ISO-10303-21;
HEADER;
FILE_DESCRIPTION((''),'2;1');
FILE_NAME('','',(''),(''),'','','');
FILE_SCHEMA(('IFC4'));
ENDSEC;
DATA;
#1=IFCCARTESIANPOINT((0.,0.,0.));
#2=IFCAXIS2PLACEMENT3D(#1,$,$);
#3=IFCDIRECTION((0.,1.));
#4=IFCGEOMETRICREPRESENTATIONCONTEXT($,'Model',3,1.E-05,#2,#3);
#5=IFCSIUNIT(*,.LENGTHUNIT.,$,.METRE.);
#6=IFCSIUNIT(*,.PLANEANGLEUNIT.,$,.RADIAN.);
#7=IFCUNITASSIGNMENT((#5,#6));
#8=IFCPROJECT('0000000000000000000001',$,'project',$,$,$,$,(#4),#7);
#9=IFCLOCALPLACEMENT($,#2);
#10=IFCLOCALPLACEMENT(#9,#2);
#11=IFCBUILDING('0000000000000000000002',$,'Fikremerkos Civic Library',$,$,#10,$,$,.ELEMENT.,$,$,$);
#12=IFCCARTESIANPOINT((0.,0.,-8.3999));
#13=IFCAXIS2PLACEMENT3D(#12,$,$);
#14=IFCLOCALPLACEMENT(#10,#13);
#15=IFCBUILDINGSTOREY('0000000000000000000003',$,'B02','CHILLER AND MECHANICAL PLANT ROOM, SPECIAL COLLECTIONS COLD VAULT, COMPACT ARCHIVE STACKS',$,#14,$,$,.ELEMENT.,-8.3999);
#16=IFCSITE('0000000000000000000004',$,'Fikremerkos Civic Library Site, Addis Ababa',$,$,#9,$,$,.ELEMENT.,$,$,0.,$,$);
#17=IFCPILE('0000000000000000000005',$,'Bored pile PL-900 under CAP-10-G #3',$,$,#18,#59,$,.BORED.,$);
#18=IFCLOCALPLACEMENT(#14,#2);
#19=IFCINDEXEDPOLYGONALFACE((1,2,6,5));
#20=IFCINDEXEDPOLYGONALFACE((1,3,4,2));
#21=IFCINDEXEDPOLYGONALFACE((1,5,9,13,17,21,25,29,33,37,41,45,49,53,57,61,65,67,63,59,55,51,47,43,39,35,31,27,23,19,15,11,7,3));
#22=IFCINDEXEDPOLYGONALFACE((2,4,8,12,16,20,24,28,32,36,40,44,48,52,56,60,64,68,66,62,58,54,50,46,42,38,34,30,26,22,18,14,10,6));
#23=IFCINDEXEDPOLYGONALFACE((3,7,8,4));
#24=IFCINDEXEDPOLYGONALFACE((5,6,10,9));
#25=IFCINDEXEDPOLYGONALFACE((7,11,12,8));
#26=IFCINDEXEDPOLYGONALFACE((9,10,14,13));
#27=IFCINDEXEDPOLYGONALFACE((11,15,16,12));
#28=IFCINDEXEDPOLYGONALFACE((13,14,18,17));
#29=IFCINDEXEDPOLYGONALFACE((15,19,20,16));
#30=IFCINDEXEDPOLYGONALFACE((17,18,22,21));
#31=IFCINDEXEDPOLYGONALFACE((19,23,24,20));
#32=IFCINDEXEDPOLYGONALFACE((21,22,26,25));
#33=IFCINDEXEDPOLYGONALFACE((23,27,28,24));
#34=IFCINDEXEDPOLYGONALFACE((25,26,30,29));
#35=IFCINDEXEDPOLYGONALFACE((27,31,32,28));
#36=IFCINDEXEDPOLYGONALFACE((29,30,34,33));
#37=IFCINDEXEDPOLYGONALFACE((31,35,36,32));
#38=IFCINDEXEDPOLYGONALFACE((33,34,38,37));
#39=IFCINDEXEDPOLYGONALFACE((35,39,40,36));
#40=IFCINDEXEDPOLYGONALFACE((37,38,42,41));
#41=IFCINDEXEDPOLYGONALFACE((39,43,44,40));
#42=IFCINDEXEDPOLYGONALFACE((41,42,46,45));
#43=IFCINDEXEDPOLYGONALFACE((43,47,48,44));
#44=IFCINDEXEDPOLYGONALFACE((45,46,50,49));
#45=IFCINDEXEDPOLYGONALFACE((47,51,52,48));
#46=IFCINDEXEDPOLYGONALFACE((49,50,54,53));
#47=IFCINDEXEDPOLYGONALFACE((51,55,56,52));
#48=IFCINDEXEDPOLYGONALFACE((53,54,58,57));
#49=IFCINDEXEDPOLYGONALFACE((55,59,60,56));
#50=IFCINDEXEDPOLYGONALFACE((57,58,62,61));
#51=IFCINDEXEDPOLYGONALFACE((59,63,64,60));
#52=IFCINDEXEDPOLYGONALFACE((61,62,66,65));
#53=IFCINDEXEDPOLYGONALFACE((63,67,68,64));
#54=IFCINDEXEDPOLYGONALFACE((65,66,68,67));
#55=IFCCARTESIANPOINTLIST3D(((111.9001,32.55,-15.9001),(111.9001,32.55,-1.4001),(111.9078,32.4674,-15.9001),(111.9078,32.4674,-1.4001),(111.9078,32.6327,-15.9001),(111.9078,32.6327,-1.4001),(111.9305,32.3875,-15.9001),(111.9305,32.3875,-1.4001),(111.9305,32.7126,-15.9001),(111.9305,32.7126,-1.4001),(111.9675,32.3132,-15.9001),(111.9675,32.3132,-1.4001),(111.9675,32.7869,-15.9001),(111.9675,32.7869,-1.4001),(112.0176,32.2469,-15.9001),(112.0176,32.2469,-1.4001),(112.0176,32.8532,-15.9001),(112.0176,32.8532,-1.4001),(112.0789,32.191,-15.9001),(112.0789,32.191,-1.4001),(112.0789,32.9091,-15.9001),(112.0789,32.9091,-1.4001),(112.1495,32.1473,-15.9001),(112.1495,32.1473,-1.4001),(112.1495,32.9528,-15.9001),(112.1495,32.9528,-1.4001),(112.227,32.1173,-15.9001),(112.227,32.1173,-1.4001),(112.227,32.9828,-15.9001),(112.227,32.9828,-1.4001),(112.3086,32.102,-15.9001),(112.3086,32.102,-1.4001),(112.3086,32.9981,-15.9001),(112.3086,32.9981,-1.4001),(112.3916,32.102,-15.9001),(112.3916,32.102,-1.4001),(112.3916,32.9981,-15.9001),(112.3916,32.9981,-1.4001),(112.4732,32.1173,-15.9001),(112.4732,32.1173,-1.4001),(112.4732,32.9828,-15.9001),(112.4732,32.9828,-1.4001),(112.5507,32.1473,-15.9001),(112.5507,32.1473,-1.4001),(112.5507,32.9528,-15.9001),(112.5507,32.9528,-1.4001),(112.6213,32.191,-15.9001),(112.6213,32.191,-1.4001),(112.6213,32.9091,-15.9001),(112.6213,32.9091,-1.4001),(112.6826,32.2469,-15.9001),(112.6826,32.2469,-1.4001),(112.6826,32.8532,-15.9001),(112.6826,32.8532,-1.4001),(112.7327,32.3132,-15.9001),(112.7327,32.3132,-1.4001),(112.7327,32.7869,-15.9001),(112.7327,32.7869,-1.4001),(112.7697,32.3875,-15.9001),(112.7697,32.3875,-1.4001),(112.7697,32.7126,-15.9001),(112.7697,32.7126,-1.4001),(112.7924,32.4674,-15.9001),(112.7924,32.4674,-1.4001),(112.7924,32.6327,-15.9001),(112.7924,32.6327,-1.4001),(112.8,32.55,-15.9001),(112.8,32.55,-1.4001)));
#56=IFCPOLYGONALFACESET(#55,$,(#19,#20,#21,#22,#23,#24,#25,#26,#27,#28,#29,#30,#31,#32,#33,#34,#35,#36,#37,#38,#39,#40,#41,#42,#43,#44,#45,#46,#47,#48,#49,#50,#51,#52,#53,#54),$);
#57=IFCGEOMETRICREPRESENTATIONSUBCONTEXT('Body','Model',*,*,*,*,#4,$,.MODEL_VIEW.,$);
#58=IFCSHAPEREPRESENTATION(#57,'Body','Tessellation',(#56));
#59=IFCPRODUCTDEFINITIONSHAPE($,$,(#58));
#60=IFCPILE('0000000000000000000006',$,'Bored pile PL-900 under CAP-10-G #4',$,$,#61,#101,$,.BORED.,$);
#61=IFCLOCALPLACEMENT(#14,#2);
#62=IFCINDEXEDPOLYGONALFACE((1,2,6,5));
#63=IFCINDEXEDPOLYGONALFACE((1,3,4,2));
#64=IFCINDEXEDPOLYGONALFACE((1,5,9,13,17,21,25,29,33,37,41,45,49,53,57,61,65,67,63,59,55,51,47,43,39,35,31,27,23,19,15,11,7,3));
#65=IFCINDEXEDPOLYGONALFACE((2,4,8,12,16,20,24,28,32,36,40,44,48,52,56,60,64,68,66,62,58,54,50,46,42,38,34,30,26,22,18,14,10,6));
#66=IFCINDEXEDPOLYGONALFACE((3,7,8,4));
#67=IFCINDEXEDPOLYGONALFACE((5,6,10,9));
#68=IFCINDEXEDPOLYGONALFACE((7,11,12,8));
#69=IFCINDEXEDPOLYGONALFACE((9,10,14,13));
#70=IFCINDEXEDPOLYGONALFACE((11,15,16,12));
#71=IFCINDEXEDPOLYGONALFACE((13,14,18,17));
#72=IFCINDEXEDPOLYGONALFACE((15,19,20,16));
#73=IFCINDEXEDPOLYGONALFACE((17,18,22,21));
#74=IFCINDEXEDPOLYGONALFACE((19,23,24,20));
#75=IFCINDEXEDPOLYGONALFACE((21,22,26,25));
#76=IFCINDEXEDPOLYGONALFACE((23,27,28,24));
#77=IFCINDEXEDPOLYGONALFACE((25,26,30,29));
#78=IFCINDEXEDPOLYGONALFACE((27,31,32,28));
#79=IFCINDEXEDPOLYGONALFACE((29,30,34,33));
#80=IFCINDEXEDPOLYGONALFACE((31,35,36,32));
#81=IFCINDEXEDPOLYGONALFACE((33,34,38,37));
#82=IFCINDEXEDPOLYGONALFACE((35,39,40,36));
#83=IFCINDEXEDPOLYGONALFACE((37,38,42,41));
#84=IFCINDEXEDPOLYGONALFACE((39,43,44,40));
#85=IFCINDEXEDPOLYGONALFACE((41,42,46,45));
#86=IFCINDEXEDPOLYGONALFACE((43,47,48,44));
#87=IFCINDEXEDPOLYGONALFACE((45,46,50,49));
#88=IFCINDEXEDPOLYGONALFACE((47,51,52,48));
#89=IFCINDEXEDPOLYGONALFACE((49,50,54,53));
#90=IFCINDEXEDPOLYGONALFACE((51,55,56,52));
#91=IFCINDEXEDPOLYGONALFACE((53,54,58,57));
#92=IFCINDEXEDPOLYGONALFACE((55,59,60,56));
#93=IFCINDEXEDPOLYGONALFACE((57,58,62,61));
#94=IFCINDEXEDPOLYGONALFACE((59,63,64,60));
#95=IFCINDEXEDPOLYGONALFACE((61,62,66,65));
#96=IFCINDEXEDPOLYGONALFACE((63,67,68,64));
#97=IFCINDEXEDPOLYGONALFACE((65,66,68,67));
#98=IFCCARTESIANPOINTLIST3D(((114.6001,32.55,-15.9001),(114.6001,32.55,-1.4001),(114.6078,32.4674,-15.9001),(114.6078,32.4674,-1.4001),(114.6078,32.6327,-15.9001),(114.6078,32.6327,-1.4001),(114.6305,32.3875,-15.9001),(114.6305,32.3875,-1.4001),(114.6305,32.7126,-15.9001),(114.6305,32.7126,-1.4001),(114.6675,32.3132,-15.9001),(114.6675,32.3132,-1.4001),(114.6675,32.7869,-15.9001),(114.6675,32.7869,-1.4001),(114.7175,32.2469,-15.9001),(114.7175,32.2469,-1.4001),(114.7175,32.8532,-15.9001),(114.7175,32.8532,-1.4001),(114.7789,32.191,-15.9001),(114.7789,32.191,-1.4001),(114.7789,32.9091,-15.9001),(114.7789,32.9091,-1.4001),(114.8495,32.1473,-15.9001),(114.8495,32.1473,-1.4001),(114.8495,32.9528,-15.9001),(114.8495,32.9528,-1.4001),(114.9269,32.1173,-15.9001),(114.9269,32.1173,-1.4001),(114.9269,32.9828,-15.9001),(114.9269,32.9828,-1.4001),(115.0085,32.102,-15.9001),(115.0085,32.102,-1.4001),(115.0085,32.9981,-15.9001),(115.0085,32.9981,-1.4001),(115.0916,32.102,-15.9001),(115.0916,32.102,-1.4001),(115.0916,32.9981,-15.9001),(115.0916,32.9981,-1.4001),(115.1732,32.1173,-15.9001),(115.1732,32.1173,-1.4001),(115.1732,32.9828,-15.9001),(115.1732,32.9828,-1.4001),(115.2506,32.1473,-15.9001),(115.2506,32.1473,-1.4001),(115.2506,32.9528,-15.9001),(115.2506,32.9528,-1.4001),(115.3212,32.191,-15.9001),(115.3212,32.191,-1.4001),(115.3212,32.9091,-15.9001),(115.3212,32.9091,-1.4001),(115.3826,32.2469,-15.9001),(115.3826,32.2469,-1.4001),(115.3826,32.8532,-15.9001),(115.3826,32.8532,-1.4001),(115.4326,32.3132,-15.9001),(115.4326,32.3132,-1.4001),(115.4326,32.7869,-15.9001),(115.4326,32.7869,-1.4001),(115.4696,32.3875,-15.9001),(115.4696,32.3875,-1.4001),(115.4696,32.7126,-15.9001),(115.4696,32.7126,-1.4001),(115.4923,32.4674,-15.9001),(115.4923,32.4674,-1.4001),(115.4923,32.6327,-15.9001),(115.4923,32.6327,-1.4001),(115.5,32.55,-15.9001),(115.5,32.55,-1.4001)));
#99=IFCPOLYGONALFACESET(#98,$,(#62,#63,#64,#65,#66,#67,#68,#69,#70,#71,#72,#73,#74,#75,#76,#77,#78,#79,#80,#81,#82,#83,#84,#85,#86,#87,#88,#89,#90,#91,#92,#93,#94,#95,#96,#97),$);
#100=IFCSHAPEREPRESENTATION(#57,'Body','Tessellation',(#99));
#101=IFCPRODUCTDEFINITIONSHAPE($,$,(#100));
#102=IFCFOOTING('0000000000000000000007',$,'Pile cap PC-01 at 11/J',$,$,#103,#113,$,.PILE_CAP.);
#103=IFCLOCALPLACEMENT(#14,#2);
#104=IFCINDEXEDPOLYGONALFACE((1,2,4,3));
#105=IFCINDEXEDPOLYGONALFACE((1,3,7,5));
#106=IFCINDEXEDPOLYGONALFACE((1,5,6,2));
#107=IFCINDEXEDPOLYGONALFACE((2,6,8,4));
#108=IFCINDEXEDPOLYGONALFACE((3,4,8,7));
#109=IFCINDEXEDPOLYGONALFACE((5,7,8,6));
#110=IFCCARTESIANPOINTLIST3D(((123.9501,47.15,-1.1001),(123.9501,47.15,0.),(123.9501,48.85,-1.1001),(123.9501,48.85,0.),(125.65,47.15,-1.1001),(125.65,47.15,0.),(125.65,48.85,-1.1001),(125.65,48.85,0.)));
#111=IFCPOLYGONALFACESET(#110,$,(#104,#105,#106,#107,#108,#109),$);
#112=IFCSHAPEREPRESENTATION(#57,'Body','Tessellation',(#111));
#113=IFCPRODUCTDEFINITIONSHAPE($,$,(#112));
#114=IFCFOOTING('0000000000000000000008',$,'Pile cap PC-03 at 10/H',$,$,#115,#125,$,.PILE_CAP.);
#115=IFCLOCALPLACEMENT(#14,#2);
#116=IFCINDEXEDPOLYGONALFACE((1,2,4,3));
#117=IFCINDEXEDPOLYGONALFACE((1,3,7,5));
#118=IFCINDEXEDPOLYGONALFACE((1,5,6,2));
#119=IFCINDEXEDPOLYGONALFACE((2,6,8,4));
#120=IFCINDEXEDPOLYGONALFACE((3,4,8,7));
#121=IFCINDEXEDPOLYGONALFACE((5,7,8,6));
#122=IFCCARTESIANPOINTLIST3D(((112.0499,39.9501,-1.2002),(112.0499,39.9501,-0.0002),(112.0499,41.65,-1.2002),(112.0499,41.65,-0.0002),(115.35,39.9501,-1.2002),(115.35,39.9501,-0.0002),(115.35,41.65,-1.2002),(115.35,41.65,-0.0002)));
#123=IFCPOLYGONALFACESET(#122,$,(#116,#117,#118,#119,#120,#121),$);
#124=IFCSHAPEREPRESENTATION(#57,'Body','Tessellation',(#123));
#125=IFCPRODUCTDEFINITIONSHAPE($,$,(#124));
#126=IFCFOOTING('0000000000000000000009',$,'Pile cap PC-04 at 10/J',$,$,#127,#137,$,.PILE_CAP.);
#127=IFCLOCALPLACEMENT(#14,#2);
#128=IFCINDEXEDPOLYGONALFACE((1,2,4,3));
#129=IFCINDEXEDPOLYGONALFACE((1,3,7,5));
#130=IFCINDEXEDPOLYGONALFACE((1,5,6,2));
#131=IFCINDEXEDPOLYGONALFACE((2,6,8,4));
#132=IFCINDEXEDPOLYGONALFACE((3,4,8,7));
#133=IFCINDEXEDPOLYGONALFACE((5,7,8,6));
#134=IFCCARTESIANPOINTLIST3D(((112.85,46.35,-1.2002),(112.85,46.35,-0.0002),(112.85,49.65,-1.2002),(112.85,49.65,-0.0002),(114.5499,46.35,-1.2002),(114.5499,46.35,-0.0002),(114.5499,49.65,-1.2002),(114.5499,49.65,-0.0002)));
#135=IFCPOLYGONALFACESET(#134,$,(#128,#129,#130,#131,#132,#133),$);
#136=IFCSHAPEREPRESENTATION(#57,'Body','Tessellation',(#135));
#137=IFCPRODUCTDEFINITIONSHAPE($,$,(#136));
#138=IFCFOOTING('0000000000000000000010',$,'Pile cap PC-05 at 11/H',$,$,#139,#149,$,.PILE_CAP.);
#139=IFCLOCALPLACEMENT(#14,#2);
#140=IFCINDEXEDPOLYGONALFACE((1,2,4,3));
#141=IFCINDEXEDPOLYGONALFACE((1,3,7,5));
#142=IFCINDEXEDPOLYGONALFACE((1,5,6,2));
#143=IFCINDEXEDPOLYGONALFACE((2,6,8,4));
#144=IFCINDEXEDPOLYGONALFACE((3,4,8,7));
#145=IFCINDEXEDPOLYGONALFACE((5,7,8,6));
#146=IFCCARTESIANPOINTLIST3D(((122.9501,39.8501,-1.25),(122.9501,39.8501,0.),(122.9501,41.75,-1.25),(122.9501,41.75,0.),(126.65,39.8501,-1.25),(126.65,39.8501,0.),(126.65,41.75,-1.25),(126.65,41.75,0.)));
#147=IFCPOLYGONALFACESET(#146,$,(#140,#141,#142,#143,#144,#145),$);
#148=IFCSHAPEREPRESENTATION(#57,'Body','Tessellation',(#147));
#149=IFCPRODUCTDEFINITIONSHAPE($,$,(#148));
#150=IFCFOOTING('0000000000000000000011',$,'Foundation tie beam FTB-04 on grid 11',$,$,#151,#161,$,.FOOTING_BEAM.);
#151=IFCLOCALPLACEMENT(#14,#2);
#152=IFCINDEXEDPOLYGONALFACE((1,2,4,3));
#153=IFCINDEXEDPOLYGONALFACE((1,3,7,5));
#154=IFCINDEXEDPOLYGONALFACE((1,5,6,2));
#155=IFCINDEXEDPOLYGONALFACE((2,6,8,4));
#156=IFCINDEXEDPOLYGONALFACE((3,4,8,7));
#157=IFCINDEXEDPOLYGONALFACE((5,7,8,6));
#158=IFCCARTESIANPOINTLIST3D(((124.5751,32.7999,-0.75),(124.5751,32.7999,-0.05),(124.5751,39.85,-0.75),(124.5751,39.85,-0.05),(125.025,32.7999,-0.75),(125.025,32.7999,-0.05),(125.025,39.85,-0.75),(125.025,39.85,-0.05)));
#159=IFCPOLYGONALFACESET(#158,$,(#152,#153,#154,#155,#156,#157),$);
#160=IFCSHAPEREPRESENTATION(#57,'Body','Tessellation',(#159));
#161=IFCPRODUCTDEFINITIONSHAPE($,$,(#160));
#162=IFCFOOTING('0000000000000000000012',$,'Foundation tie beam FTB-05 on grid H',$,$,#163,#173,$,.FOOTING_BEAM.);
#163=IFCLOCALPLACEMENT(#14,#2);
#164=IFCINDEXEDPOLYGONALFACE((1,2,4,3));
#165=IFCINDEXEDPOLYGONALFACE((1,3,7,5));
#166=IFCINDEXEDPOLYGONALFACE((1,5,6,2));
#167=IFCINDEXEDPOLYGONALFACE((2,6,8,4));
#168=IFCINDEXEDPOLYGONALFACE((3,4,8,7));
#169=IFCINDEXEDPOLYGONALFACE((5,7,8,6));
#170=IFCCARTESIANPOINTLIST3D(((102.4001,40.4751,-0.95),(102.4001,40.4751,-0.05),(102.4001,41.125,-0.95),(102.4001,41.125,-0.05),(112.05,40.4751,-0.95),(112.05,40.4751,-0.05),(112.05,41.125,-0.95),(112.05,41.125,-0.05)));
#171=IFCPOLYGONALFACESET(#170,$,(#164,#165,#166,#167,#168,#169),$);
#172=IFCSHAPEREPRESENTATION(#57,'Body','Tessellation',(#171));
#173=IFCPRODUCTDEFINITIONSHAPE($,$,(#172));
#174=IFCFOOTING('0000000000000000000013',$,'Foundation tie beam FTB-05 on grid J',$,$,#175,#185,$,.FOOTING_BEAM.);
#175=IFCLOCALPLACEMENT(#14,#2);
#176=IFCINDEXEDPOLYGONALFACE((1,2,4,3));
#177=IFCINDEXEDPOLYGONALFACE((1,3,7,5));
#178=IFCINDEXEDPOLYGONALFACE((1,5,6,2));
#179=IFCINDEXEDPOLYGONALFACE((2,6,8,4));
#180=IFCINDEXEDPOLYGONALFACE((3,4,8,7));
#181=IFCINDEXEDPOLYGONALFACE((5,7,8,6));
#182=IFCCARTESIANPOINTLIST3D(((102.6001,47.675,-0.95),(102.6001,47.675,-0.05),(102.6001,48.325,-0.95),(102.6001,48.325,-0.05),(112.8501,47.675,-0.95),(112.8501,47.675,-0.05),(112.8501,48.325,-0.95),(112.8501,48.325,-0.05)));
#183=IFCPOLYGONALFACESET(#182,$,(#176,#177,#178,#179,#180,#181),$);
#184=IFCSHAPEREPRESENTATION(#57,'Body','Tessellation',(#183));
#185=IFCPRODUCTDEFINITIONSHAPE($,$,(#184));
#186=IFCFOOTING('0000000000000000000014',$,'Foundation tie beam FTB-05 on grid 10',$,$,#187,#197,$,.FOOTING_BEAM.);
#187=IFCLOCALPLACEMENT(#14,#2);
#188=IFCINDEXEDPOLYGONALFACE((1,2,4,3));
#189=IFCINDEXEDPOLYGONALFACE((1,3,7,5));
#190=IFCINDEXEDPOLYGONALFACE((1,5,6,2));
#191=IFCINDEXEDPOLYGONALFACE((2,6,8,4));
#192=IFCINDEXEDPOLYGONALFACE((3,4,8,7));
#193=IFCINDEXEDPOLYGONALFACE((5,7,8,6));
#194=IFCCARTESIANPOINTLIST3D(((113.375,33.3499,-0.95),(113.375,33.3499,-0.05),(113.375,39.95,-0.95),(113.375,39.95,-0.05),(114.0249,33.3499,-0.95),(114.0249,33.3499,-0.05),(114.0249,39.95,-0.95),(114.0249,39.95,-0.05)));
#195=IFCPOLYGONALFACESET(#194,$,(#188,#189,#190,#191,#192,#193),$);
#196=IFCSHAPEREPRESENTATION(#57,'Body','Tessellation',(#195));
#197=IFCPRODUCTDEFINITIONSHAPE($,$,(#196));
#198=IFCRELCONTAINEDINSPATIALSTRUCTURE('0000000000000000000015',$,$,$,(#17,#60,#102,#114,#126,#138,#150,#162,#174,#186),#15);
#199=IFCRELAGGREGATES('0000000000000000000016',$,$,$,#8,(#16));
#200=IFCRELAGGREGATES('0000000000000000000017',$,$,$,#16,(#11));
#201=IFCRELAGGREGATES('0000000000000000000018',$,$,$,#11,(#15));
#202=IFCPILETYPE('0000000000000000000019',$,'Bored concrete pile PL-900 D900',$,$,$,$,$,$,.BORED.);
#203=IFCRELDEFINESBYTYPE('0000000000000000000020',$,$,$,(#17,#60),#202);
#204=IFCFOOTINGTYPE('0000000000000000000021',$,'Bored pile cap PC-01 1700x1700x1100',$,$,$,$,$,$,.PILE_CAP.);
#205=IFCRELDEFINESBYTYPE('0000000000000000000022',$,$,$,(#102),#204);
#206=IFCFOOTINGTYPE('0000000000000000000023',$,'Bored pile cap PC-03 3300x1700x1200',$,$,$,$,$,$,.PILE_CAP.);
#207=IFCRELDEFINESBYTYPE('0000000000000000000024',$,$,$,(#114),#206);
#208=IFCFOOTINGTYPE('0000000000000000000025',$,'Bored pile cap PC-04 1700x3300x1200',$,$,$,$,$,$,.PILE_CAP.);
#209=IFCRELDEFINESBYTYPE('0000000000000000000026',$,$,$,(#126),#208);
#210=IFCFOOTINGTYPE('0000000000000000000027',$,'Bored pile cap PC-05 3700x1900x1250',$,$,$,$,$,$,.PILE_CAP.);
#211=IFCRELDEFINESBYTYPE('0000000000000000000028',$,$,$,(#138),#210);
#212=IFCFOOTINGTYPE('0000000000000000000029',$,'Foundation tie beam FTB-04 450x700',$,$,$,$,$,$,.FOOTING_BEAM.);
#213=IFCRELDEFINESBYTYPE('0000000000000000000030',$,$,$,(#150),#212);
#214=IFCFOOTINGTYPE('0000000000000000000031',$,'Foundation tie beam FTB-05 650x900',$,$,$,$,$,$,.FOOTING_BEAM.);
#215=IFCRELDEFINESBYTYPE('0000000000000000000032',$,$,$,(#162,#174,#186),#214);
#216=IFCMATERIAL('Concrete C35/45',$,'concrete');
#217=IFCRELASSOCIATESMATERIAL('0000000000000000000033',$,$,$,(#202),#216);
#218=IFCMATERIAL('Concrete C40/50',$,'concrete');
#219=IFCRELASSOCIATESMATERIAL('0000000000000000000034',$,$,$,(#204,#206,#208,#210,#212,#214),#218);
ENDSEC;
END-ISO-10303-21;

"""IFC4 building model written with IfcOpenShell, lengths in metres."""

from ifc_helpers import new_model, si_unit, direction, frame, origin, origin_2d, place, context, subcontext, project, spatial, rectangle, circle, extrude, material, material_profile, profile_set, type_object, element, save


model = new_model("IFC4")

# Units and contexts
model_context = context("Model", 3, precision=1e-05, world=origin(), true_north=direction((0.0, 1.0)))
body_context = subcontext(model_context, "Body", "Model", "MODEL_VIEW")
ifc_project = project(units=[si_unit("LENGTHUNIT", "METRE"), si_unit("PLANEANGLEUNIT", "RADIAN")], contexts=[model_context])

# Site, building, storey
site_placement = place(None, origin())
site = spatial("IfcSite", under=ifc_project, at=site_placement, Name="Fikremerkos Civic Library Site, Addis Ababa", CompositionType="ELEMENT", RefElevation=0.0)
building_placement = place(site_placement, origin())
building = spatial("IfcBuilding", under=site, at=building_placement, Name="Fikremerkos Civic Library", CompositionType="ELEMENT")
storey_placement = place(building_placement, frame((0.0, 0.0, -8.3999)))
storey = spatial("IfcBuildingStorey", under=building, at=storey_placement, Name="B02", Description="CHILLER AND MECHANICAL PLANT ROOM, SPECIAL COLLECTIONS COLD VAULT, COMPACT ARCHIVE STACKS", CompositionType="ELEMENT", Elevation=-8.3999)

# Piles
ifc_material_1 = material(Name="Concrete C35/45", Category="concrete")
ifc_material_profile_1 = material_profile(ifc_material_1, circle(Radius=0.45, at=origin_2d()), Name="BORED PILE 900")
ifc_profile_set_1 = profile_set([ifc_material_profile_1], Name="Concrete C35/45")
pile_type_1 = type_object("IfcPileType", Name="Bored concrete pile PL-900 D900", PredefinedType="BORED", material=ifc_profile_set_1)
for number, where, z_axis, x_axis, name in (
    (1, (112.3501, 32.55, -1.4001), (0.0, 0.0, -1.0), (1.0, 0.0, 0.0), "Bored pile PL-900 under CAP-10-G #3"),
    (2, (115.05, 32.55, -1.4001), (0.0, 0.0, -1.0), (1.0, 0.0, 0.0), "Bored pile PL-900 under CAP-10-G #4"),
):
    element("IfcPile", number, at=place(storey_placement, frame(where, z_axis=z_axis, x_axis=x_axis)), inside=storey, type_object=pile_type_1, Name=name, PredefinedType="BORED", context=body_context, shape_type="SweptSolid", body=[
        extrude(circle(Radius=0.45, at=origin_2d()), origin(), (0.0, 0.0, 1.0), 14.5),
    ])

# Footings
ifc_material_2 = material(Name="Concrete C40/50", Category="concrete")
footing_type_1 = type_object("IfcFootingType", Name="Bored pile cap PC-01 1700x1700x1100", PredefinedType="PILE_CAP", material=ifc_material_2)
footing_1_placement = place(storey_placement, frame((124.8, 48.0, -1.1001), z_axis=(0.0, 0.0, 1.0), x_axis=(1.0, 0.0, 0.0)))
element("IfcFooting", 3, at=footing_1_placement, inside=storey, type_object=footing_type_1, Name="Pile cap PC-01 at 11/J", PredefinedType="PILE_CAP", context=body_context, shape_type="SweptSolid", body=[
    extrude(rectangle(XDim=1.7, YDim=1.7, at=origin_2d()), origin(), (0.0, 0.0, 1.0), 1.1001),
])
footing_type_2 = type_object("IfcFootingType", Name="Bored pile cap PC-03 3300x1700x1200", PredefinedType="PILE_CAP", material=ifc_material_2)
footing_2_placement = place(storey_placement, frame((113.7, 40.8, -1.2002), z_axis=(0.0, 0.0, 1.0), x_axis=(1.0, 0.0, 0.0)))
element("IfcFooting", 4, at=footing_2_placement, inside=storey, type_object=footing_type_2, Name="Pile cap PC-03 at 10/H", PredefinedType="PILE_CAP", context=body_context, shape_type="SweptSolid", body=[
    extrude(rectangle(XDim=3.3, YDim=1.7, at=origin_2d()), origin(), (0.0, 0.0, 1.0), 1.2),
])
footing_type_3 = type_object("IfcFootingType", Name="Bored pile cap PC-04 1700x3300x1200", PredefinedType="PILE_CAP", material=ifc_material_2)
footing_3_placement = place(storey_placement, frame((113.7, 48.0, -1.2002), z_axis=(0.0, 0.0, 1.0), x_axis=(1.0, 0.0, 0.0)))
element("IfcFooting", 5, at=footing_3_placement, inside=storey, type_object=footing_type_3, Name="Pile cap PC-04 at 10/J", PredefinedType="PILE_CAP", context=body_context, shape_type="SweptSolid", body=[
    extrude(rectangle(XDim=1.7, YDim=3.3, at=origin_2d()), origin(), (0.0, 0.0, 1.0), 1.2),
])
footing_type_4 = type_object("IfcFootingType", Name="Bored pile cap PC-05 3700x1900x1250", PredefinedType="PILE_CAP", material=ifc_material_2)
footing_4_placement = place(storey_placement, frame((124.8, 40.8, -1.25), z_axis=(0.0, 0.0, 1.0), x_axis=(1.0, 0.0, 0.0)))
element("IfcFooting", 6, at=footing_4_placement, inside=storey, type_object=footing_type_4, Name="Pile cap PC-05 at 11/H", PredefinedType="PILE_CAP", context=body_context, shape_type="SweptSolid", body=[
    extrude(rectangle(XDim=3.7, YDim=1.8999, at=origin_2d()), origin(), (0.0, 0.0, 1.0), 1.25),
])
footing_type_5 = type_object("IfcFootingType", Name="Foundation tie beam FTB-04 450x700", PredefinedType="FOOTING_BEAM", material=ifc_material_2)
footing_5_placement = place(storey_placement, frame((124.8, 36.325, -0.75), z_axis=(0.0, 0.0, 1.0), x_axis=(0.0, 1.0, 0.0)))
element("IfcFooting", 7, at=footing_5_placement, inside=storey, type_object=footing_type_5, Name="Foundation tie beam FTB-04 on grid 11", PredefinedType="FOOTING_BEAM", context=body_context, shape_type="SweptSolid", body=[
    extrude(rectangle(XDim=7.05, YDim=0.45, at=origin_2d()), origin(), (0.0, 0.0, 1.0), 0.7),
])
footing_type_6 = type_object("IfcFootingType", Name="Foundation tie beam FTB-05 650x900", PredefinedType="FOOTING_BEAM", material=ifc_material_2)
footing_6_placement = place(storey_placement, frame((107.2251, 40.8, -0.95), z_axis=(0.0, 0.0, 1.0), x_axis=(1.0, 0.0, 0.0)))
element("IfcFooting", 8, at=footing_6_placement, inside=storey, type_object=footing_type_6, Name="Foundation tie beam FTB-05 on grid H", PredefinedType="FOOTING_BEAM", context=body_context, shape_type="SweptSolid", body=[
    extrude(rectangle(XDim=9.6499, YDim=0.6499, at=origin_2d()), origin(), (0.0, 0.0, 1.0), 0.8999),
])
footing_7_placement = place(storey_placement, frame((107.7251, 48.0, -0.95), z_axis=(0.0, 0.0, 1.0), x_axis=(1.0, 0.0, 0.0)))
element("IfcFooting", 9, at=footing_7_placement, inside=storey, type_object=footing_type_6, Name="Foundation tie beam FTB-05 on grid J", PredefinedType="FOOTING_BEAM", context=body_context, shape_type="SweptSolid", body=[
    extrude(rectangle(XDim=10.25, YDim=0.6499, at=origin_2d()), origin(), (0.0, 0.0, 1.0), 0.8999),
])
footing_8_placement = place(storey_placement, frame((113.7, 36.6499, -0.95), z_axis=(0.0, 0.0, 1.0), x_axis=(0.0, 1.0, 0.0)))
element("IfcFooting", 10, at=footing_8_placement, inside=storey, type_object=footing_type_6, Name="Foundation tie beam FTB-05 on grid 10", PredefinedType="FOOTING_BEAM", context=body_context, shape_type="SweptSolid", body=[
    extrude(rectangle(XDim=6.6001, YDim=0.6499, at=origin_2d()), origin(), (0.0, 0.0, 1.0), 0.8999),
])

save(model, "model.ifc")
